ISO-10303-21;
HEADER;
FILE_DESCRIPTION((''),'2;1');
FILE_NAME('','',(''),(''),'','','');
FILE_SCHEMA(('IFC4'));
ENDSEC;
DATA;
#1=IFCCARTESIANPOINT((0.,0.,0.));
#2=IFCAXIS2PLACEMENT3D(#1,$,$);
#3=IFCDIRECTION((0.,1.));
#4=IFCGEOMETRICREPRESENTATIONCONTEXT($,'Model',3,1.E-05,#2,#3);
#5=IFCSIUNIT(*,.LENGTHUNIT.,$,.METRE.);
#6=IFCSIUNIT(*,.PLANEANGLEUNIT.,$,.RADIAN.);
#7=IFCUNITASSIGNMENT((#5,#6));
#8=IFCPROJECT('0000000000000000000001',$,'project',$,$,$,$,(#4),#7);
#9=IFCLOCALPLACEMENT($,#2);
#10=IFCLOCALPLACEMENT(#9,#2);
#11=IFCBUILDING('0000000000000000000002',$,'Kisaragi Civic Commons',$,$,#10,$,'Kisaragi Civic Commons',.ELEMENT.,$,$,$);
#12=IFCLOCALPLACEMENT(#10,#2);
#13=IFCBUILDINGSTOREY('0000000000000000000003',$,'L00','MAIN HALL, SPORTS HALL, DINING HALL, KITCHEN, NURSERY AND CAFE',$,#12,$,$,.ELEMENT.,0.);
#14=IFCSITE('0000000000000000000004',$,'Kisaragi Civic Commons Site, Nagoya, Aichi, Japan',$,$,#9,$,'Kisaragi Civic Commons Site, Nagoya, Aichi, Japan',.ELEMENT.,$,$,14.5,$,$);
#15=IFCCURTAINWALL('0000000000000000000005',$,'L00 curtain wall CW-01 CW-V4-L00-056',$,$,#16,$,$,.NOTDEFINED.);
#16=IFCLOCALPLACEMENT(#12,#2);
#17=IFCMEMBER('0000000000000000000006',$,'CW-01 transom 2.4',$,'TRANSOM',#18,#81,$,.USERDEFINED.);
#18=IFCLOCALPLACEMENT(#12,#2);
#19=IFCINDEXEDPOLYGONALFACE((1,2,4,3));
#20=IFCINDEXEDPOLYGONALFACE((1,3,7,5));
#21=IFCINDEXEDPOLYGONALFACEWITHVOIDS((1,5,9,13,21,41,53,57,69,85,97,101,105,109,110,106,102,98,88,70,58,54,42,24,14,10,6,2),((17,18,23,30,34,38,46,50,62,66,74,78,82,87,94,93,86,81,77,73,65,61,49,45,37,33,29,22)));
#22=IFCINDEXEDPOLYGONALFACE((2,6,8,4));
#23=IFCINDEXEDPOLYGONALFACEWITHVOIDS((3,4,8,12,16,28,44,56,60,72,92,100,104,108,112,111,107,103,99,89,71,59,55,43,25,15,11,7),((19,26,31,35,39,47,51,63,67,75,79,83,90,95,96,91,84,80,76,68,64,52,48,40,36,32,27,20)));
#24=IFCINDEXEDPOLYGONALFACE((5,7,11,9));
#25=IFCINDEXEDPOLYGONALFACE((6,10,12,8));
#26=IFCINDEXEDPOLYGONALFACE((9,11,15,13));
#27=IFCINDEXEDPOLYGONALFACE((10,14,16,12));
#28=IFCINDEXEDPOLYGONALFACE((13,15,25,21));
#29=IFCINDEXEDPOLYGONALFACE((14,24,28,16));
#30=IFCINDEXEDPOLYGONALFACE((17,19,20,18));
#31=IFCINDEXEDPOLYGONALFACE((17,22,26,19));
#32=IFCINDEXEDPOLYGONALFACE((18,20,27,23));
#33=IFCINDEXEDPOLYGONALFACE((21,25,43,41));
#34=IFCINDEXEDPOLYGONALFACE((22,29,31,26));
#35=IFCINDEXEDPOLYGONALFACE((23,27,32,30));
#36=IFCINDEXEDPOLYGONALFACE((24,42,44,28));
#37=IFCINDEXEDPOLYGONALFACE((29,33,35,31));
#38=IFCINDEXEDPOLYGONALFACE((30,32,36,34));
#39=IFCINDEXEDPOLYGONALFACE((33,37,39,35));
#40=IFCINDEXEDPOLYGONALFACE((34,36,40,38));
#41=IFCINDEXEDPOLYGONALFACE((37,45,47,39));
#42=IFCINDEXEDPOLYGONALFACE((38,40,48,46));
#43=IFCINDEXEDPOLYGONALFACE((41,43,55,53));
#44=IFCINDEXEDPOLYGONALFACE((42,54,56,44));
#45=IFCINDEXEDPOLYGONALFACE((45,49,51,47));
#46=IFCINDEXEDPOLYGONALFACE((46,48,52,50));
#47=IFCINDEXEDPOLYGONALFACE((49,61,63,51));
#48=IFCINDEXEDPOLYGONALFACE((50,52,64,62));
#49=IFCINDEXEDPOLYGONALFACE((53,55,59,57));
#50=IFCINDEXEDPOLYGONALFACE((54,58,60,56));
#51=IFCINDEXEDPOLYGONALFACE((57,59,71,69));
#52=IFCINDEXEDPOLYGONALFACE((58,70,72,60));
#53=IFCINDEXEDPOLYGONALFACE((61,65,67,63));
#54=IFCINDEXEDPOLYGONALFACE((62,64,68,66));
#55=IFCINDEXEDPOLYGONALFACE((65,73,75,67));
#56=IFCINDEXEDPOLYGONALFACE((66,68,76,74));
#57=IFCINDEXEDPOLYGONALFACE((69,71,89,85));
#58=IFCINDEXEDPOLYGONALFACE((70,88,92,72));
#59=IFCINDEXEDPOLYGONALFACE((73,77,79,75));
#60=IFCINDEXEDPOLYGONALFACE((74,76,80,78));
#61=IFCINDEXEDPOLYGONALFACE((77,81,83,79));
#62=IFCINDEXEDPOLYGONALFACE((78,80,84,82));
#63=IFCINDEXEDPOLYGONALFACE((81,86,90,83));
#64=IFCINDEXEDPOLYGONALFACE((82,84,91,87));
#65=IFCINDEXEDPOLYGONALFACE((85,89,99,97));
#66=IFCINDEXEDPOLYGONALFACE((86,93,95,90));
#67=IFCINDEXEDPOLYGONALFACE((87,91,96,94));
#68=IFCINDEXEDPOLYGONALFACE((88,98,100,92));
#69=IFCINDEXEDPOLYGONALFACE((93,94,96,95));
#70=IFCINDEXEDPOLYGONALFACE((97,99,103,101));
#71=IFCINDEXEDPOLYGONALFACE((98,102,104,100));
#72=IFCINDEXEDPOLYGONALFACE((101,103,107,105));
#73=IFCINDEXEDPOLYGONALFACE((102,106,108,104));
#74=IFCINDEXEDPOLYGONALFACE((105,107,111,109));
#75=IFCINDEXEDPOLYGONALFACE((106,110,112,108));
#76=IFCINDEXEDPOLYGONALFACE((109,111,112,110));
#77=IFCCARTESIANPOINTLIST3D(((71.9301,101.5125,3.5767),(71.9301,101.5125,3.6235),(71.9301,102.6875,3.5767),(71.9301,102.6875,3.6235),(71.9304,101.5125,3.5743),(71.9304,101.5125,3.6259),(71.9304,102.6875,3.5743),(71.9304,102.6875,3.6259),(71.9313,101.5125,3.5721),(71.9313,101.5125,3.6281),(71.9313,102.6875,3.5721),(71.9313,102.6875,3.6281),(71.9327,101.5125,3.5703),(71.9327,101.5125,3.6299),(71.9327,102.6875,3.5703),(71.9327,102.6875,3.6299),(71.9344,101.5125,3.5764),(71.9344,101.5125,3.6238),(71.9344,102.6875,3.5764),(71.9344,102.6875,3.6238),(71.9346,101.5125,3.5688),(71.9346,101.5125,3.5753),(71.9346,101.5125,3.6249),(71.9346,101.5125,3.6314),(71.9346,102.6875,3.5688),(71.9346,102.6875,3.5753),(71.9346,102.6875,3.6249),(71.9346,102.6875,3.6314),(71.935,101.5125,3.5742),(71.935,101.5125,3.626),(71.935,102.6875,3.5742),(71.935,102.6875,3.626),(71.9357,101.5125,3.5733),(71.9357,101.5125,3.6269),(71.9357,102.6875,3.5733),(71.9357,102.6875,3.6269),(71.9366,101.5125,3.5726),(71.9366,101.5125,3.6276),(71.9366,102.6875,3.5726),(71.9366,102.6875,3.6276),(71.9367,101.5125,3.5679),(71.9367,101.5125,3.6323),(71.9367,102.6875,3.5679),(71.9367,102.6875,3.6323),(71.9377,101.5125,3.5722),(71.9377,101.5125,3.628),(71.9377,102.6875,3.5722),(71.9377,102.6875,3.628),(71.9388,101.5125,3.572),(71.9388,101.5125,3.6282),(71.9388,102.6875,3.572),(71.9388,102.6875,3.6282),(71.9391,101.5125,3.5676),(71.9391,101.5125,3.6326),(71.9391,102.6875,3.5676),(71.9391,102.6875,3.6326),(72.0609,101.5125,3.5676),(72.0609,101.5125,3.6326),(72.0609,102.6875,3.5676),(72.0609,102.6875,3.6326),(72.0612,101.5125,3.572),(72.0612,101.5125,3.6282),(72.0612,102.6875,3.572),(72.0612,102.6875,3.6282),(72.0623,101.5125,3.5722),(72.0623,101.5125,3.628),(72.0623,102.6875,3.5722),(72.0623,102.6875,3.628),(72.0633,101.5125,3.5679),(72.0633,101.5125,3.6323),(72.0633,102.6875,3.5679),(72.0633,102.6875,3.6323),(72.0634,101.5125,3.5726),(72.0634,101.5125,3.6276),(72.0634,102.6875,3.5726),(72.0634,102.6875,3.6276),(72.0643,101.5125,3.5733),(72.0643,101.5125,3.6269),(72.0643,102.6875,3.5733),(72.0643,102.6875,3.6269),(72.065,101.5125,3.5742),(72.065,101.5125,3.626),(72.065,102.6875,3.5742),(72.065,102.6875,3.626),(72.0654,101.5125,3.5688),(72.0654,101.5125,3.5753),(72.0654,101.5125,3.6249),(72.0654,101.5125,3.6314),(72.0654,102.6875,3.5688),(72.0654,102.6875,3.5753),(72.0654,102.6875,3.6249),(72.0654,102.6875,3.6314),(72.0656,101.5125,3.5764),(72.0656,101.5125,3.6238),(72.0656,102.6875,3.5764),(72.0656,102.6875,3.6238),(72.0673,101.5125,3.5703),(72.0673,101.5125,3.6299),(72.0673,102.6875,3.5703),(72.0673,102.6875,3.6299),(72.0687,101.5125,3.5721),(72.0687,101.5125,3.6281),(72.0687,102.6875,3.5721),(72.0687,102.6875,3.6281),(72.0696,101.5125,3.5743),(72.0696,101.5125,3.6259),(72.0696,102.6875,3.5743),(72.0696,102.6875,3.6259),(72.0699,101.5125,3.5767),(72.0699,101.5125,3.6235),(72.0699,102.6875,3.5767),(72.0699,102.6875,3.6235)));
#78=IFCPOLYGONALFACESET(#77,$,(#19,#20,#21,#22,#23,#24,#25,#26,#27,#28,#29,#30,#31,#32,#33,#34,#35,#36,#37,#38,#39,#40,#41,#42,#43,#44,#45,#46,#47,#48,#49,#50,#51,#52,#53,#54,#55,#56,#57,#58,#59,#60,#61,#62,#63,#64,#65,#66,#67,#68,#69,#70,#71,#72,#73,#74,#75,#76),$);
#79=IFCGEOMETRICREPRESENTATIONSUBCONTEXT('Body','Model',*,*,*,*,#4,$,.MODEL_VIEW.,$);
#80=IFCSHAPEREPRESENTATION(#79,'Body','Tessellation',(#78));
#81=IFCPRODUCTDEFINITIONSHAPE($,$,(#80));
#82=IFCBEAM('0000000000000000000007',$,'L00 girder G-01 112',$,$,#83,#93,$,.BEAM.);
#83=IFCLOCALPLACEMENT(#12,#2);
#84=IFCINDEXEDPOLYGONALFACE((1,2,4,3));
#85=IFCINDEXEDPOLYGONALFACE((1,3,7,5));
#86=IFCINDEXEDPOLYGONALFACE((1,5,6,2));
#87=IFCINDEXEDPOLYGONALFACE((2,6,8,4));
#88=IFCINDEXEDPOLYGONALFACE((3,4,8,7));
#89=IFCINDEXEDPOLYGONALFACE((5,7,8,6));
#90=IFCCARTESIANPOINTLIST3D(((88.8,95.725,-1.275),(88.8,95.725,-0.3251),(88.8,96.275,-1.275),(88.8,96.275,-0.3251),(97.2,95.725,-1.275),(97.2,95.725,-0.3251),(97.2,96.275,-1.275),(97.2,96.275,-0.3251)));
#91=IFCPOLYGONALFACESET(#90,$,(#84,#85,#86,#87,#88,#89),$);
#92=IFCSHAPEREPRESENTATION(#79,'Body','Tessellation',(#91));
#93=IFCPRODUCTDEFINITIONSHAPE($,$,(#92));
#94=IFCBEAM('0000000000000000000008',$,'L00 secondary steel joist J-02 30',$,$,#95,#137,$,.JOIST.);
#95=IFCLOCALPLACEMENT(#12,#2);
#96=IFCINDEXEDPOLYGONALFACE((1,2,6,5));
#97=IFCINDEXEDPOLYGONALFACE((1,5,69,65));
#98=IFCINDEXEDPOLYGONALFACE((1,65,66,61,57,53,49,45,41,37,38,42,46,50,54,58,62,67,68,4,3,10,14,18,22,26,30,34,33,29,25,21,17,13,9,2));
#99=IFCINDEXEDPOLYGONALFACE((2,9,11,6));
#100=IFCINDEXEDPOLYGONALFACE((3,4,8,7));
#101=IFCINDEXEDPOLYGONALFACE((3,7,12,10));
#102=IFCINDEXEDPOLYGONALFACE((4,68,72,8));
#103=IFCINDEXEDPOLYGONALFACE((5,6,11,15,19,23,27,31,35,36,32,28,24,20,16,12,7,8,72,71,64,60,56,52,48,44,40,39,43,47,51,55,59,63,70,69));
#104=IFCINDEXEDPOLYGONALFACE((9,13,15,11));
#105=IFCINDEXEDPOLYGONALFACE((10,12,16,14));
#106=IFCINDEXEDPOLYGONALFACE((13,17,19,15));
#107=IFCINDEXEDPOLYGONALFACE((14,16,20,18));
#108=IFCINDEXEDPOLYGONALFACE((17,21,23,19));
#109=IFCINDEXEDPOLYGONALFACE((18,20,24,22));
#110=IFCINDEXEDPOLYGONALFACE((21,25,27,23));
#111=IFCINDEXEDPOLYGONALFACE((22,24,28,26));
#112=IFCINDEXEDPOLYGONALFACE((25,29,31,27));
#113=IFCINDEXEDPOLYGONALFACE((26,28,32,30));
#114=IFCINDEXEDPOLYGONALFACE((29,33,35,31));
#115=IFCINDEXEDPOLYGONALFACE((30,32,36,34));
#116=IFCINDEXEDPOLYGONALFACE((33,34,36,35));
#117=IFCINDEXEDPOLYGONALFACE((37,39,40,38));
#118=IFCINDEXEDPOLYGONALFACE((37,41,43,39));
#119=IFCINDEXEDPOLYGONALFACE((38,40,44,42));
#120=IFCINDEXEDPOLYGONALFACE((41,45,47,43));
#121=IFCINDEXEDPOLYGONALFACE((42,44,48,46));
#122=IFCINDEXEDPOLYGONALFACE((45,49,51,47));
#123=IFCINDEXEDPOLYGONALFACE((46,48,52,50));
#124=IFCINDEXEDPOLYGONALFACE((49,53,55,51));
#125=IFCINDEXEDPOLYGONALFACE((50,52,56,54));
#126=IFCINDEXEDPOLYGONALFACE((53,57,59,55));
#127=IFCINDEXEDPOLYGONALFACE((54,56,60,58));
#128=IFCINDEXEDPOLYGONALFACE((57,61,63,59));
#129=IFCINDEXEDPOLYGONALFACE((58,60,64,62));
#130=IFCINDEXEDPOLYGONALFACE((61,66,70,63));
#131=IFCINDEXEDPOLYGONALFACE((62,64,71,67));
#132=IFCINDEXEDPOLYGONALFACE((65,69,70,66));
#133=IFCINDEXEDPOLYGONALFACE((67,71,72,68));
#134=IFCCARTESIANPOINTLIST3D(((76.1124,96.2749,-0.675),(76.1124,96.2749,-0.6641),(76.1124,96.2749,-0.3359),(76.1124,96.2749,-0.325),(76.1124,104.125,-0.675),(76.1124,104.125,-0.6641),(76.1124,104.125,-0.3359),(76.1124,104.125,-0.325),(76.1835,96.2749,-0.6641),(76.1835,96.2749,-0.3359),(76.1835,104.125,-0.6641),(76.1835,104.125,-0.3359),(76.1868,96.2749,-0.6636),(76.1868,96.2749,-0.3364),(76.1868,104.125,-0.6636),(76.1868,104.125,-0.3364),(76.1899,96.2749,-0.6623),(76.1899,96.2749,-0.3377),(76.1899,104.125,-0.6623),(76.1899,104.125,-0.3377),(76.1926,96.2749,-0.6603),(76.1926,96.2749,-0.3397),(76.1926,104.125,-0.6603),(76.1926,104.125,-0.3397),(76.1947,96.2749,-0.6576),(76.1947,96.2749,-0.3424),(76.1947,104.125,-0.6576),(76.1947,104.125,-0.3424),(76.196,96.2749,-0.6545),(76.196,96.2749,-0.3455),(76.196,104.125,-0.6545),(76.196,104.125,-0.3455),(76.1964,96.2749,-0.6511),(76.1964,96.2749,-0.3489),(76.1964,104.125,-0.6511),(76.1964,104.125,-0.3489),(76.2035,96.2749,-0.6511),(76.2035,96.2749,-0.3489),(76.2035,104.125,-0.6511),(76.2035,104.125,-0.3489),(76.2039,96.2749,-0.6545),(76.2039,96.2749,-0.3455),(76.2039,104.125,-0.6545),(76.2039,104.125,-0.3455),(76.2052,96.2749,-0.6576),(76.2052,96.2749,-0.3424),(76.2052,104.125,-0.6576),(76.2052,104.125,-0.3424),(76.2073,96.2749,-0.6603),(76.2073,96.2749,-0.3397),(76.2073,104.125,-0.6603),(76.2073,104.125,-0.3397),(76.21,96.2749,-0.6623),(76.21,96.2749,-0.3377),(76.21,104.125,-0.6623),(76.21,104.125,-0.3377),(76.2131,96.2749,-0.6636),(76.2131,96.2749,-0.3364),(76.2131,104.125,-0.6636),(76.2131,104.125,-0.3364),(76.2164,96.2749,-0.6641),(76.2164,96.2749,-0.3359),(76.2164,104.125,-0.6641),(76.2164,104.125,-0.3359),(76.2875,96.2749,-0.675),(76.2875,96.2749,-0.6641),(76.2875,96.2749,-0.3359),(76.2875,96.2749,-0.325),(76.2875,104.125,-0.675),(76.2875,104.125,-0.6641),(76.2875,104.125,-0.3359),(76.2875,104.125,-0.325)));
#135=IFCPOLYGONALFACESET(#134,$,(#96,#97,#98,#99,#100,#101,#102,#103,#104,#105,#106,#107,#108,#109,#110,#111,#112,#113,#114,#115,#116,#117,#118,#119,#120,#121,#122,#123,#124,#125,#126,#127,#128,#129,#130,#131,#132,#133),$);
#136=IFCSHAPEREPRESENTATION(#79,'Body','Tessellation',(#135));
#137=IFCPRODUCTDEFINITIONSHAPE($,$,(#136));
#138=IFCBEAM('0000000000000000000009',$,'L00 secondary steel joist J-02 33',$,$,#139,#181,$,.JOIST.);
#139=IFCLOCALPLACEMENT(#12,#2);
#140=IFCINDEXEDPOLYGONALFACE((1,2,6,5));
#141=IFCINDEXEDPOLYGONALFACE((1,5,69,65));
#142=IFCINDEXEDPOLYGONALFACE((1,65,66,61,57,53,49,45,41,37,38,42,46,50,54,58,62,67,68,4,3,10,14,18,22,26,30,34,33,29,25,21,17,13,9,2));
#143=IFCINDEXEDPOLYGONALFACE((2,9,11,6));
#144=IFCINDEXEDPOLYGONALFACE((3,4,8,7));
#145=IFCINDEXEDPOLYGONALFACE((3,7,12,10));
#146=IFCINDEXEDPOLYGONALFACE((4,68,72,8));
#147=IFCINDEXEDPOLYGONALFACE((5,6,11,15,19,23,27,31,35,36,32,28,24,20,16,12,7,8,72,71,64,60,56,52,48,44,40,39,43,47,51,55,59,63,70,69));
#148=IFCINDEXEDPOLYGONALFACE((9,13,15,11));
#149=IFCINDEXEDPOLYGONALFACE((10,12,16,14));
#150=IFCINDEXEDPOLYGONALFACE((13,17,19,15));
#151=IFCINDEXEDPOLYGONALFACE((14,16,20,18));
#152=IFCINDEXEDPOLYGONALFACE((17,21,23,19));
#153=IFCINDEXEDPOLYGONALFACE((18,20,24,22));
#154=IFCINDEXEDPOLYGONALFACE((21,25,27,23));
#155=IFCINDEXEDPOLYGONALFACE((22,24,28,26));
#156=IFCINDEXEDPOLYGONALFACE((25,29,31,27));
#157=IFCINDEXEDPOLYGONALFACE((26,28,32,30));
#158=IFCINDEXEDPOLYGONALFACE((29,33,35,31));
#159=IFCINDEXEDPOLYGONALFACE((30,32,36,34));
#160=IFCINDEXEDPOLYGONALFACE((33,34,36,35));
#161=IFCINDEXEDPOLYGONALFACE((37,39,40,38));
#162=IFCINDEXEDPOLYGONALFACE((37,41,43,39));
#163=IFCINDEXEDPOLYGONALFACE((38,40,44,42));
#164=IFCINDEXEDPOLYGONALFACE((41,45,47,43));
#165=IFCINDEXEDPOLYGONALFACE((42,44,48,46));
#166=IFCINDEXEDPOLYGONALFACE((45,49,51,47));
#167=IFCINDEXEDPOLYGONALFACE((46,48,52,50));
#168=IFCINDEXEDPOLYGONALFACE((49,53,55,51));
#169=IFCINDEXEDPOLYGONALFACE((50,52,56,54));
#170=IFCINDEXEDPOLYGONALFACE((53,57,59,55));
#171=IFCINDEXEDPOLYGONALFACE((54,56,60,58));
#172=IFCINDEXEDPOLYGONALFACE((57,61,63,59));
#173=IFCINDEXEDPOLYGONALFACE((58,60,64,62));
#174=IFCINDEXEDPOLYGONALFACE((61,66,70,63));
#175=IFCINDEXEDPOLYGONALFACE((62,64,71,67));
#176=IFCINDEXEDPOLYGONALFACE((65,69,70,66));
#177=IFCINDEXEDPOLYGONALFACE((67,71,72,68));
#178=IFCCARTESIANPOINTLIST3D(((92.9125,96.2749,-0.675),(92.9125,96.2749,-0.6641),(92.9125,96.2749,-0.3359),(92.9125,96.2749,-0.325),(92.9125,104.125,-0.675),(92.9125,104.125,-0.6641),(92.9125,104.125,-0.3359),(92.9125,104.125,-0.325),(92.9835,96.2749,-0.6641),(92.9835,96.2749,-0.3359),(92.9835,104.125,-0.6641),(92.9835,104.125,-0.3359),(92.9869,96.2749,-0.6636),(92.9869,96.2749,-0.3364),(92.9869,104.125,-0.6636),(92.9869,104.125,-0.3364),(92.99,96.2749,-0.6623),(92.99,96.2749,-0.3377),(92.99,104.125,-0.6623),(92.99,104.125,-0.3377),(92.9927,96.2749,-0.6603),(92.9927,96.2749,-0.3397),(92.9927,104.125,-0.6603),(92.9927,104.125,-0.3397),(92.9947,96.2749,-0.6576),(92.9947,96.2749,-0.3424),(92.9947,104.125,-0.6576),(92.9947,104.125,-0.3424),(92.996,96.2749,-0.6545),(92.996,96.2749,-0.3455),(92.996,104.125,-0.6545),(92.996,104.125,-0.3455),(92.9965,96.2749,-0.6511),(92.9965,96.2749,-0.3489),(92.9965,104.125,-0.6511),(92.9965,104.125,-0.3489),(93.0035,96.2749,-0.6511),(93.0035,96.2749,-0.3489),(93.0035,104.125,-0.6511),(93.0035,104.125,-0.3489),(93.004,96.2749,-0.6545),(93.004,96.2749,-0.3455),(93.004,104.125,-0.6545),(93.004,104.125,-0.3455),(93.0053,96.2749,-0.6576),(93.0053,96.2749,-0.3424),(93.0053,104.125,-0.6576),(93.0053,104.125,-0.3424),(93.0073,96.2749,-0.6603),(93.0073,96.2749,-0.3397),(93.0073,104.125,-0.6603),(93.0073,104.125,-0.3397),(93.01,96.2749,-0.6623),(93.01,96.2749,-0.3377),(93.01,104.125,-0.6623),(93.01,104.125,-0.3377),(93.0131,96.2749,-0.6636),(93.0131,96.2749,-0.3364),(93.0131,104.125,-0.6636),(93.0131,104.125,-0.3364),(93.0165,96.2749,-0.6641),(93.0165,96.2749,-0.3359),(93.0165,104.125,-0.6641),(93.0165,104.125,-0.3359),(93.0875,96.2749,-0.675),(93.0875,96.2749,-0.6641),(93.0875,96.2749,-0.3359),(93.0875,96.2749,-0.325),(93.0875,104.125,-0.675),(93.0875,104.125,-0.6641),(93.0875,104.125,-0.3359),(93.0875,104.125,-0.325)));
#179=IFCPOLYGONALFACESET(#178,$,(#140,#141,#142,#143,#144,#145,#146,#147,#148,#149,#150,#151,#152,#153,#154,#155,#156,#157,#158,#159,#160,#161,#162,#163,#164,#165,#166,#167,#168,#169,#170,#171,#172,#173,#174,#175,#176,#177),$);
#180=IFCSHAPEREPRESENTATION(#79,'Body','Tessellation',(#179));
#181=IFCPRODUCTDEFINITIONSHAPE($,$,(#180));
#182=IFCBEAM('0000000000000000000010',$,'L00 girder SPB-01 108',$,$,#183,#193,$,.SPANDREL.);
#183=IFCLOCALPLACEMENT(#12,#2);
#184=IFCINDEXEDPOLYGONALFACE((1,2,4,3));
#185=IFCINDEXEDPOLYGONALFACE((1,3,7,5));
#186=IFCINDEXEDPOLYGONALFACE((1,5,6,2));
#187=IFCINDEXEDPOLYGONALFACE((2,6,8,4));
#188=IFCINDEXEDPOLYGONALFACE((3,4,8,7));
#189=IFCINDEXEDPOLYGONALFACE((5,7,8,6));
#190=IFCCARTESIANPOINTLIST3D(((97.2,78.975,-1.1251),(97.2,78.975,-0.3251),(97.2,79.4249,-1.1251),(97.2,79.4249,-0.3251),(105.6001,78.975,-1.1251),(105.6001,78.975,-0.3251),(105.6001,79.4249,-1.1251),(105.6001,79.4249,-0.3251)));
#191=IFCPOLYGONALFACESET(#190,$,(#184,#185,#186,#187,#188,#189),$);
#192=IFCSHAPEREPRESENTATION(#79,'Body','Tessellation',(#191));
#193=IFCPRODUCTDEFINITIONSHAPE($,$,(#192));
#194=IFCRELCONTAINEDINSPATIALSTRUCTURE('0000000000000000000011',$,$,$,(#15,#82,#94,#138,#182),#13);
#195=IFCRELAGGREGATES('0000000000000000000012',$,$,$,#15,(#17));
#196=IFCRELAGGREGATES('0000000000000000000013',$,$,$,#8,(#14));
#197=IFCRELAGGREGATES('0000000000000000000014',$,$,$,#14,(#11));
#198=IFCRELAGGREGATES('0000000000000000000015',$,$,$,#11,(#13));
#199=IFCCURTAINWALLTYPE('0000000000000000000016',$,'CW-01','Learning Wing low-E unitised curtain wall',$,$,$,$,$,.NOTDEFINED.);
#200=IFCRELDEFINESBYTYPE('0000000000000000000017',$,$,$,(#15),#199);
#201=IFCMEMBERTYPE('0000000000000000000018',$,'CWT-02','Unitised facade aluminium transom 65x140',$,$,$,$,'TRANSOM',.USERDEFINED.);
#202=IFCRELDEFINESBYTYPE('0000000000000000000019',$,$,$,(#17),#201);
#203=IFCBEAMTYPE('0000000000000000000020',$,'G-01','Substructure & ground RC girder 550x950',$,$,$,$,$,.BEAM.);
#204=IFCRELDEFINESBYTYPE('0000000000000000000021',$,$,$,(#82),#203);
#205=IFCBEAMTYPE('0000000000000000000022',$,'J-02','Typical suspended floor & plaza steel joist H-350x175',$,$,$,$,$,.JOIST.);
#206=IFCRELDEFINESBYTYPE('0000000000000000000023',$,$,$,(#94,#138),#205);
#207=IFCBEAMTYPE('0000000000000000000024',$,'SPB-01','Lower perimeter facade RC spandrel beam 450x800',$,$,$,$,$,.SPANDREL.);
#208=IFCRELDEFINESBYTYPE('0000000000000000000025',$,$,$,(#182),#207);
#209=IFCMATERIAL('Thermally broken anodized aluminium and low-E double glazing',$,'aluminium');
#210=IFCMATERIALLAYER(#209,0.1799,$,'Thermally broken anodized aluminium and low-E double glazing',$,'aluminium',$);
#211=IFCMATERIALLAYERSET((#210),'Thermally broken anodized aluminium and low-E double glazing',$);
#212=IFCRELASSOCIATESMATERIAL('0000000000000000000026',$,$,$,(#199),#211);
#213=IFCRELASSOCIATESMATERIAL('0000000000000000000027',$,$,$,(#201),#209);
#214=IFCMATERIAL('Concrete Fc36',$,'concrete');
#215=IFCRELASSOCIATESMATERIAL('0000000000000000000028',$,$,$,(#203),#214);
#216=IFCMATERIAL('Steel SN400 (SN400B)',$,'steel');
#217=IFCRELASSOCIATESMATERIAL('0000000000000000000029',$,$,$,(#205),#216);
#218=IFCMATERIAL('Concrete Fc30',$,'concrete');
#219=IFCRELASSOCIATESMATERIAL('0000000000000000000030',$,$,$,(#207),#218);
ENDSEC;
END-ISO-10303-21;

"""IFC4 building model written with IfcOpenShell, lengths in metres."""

from ifc_helpers import new_model, si_unit, direction, frame, origin, origin_2d, place, context, subcontext, project, spatial, rectangle, hollow_rectangle, i_section, extrude, material, layer, layer_set, material_profile, profile_set, type_object, element, aggregate, save


model = new_model("IFC4")

# Units and contexts
model_context = context("Model", 3, precision=1e-05, world=origin(), true_north=direction((0.0, 1.0)))
body_context = subcontext(model_context, "Body", "Model", "MODEL_VIEW")
ifc_project = project(units=[si_unit("LENGTHUNIT", "METRE"), si_unit("PLANEANGLEUNIT", "RADIAN")], contexts=[model_context])

# Site, building, storey
site_placement = place(None, origin())
site = spatial("IfcSite", under=ifc_project, at=site_placement, Name="Kisaragi Civic Commons Site, Nagoya, Aichi, Japan", LongName="Kisaragi Civic Commons Site, Nagoya, Aichi, Japan", CompositionType="ELEMENT", RefElevation=14.5)
building_placement = place(site_placement, origin())
building = spatial("IfcBuilding", under=site, at=building_placement, Name="Kisaragi Civic Commons", LongName="Kisaragi Civic Commons", CompositionType="ELEMENT")
storey_placement = place(building_placement, origin())
storey = spatial("IfcBuildingStorey", under=building, at=storey_placement, Name="L00", Description="MAIN HALL, SPORTS HALL, DINING HALL, KITCHEN, NURSERY AND CAFE", CompositionType="ELEMENT", Elevation=0.0)

# Shared definitions
ifc_material_1 = material(Name="Concrete Fc36", Category="concrete")

# Curtain wall, member
ifc_material_2 = material(Name="Thermally broken anodized aluminium and low-E double glazing", Category="aluminium")
ifc_layer_1 = layer(ifc_material_2, 0.1799, Name="Thermally broken anodized aluminium and low-E double glazing", Category="aluminium")
ifc_layer_set_1 = layer_set([ifc_layer_1], Name="Thermally broken anodized aluminium and low-E double glazing")
curtain_wall_type = type_object("IfcCurtainWallType", Name="CW-01", Description="Learning Wing low-E unitised curtain wall", PredefinedType="NOTDEFINED", material=ifc_layer_set_1)
curtain_wall_placement = place(storey_placement, origin())
curtain_wall = element("IfcCurtainWall", 1, at=curtain_wall_placement, inside=storey, type_object=curtain_wall_type, Name="L00 curtain wall CW-01 CW-V4-L00-056", PredefinedType="NOTDEFINED")
ifc_material_profile_1 = material_profile(ifc_material_2, hollow_rectangle(XDim=0.1399, YDim=0.0649, WallThickness=0.0044, InnerFilletRadius=0.0044, OuterFilletRadius=0.009, at=origin_2d()), Name="CWT-65x140x4.5", Category="aluminium")
ifc_profile_set_1 = profile_set([ifc_material_profile_1], Name="Thermally broken anodized aluminium and low-E double glazing")
member_type = type_object("IfcMemberType", Name="CWT-02", Description="Unitised facade aluminium transom 65x140", ElementType="TRANSOM", PredefinedType="USERDEFINED", material=ifc_profile_set_1)
member_1_placement = place(storey_placement, frame((72.0, 101.5125, 3.6001), z_axis=(0.0, 1.0, 0.0), x_axis=(-1.0, 0.0, 0.0)))
member_1 = element("IfcMember", 2, at=member_1_placement, type_object=member_type, Name="CW-01 transom 2.4", ObjectType="TRANSOM", PredefinedType="USERDEFINED", context=body_context, shape_type="SweptSolid", body=[
    extrude(hollow_rectangle(XDim=0.1399, YDim=0.0649, WallThickness=0.0044, InnerFilletRadius=0.0044, OuterFilletRadius=0.009, at=origin_2d()), origin(), (0.0, 0.0, 1.0), 1.175),
])
aggregate(curtain_wall, [member_1])

# Beams
ifc_material_profile_2 = material_profile(ifc_material_1, rectangle(XDim=0.55, YDim=0.95, at=origin_2d()), Name="RC-550x950", Category="concrete")
ifc_profile_set_2 = profile_set([ifc_material_profile_2], Name="Concrete Fc36")
beam_type_1 = type_object("IfcBeamType", Name="G-01", Description="Substructure & ground RC girder 550x950", PredefinedType="BEAM", material=ifc_profile_set_2)
beam_1_placement = place(storey_placement, frame((88.8, 96.0, -0.8), z_axis=(1.0, 0.0, 0.0), x_axis=(0.0, 1.0, 0.0)))
element("IfcBeam", 3, at=beam_1_placement, inside=storey, type_object=beam_type_1, Name="L00 girder G-01 112", PredefinedType="BEAM", context=body_context, shape_type="SweptSolid", body=[
    extrude(rectangle(XDim=0.55, YDim=0.95, at=origin_2d()), origin(), (0.0, 0.0, 1.0), 8.3999),
])
ifc_material_3 = material(Name="Steel SN400 (SN400B)", Category="steel")
ifc_material_profile_3 = material_profile(ifc_material_3, i_section(OverallWidth=0.175, OverallDepth=0.3501, WebThickness=0.0071, FlangeThickness=0.011, FilletRadius=0.0129, at=origin_2d()), Name="H-350x175x7x11", Category="steel")
ifc_profile_set_3 = profile_set([ifc_material_profile_3], Name="Steel SN400 (SN400B)")
beam_type_2 = type_object("IfcBeamType", Name="J-02", Description="Typical suspended floor & plaza steel joist H-350x175", PredefinedType="JOIST", material=ifc_profile_set_3)
for number, where, z_axis, x_axis, name in (
    (4, (76.2, 96.2749, -0.5), (0.0, 1.0, 0.0), (-1.0, 0.0, 0.0), "L00 secondary steel joist J-02 30"),
    (5, (93.0, 96.2749, -0.5), (0.0, 1.0, 0.0), (-1.0, 0.0, 0.0), "L00 secondary steel joist J-02 33"),
):
    element("IfcBeam", number, at=place(storey_placement, frame(where, z_axis=z_axis, x_axis=x_axis)), inside=storey, type_object=beam_type_2, Name=name, PredefinedType="JOIST", context=body_context, shape_type="SweptSolid", body=[
        extrude(i_section(OverallWidth=0.175, OverallDepth=0.3501, WebThickness=0.0071, FlangeThickness=0.011, FilletRadius=0.0129, at=origin_2d()), origin(), (0.0, 0.0, 1.0), 7.8501),
    ])
ifc_material_4 = material(Name="Concrete Fc30", Category="concrete")
ifc_material_profile_4 = material_profile(ifc_material_4, rectangle(XDim=0.45, YDim=0.8, at=origin_2d()), Name="RC-450x800", Category="concrete")
ifc_profile_set_4 = profile_set([ifc_material_profile_4], Name="Concrete Fc30")
beam_type_3 = type_object("IfcBeamType", Name="SPB-01", Description="Lower perimeter facade RC spandrel beam 450x800", PredefinedType="SPANDREL", material=ifc_profile_set_4)
beam_2_placement = place(storey_placement, frame((97.2, 79.2, -0.7251), z_axis=(1.0, 0.0, 0.0), x_axis=(0.0, 1.0, 0.0)))
element("IfcBeam", 6, at=beam_2_placement, inside=storey, type_object=beam_type_3, Name="L00 girder SPB-01 108", PredefinedType="SPANDREL", context=body_context, shape_type="SweptSolid", body=[
    extrude(rectangle(XDim=0.45, YDim=0.8, at=origin_2d()), origin(), (0.0, 0.0, 1.0), 8.4001),
])

save(model, "model.ifc")
